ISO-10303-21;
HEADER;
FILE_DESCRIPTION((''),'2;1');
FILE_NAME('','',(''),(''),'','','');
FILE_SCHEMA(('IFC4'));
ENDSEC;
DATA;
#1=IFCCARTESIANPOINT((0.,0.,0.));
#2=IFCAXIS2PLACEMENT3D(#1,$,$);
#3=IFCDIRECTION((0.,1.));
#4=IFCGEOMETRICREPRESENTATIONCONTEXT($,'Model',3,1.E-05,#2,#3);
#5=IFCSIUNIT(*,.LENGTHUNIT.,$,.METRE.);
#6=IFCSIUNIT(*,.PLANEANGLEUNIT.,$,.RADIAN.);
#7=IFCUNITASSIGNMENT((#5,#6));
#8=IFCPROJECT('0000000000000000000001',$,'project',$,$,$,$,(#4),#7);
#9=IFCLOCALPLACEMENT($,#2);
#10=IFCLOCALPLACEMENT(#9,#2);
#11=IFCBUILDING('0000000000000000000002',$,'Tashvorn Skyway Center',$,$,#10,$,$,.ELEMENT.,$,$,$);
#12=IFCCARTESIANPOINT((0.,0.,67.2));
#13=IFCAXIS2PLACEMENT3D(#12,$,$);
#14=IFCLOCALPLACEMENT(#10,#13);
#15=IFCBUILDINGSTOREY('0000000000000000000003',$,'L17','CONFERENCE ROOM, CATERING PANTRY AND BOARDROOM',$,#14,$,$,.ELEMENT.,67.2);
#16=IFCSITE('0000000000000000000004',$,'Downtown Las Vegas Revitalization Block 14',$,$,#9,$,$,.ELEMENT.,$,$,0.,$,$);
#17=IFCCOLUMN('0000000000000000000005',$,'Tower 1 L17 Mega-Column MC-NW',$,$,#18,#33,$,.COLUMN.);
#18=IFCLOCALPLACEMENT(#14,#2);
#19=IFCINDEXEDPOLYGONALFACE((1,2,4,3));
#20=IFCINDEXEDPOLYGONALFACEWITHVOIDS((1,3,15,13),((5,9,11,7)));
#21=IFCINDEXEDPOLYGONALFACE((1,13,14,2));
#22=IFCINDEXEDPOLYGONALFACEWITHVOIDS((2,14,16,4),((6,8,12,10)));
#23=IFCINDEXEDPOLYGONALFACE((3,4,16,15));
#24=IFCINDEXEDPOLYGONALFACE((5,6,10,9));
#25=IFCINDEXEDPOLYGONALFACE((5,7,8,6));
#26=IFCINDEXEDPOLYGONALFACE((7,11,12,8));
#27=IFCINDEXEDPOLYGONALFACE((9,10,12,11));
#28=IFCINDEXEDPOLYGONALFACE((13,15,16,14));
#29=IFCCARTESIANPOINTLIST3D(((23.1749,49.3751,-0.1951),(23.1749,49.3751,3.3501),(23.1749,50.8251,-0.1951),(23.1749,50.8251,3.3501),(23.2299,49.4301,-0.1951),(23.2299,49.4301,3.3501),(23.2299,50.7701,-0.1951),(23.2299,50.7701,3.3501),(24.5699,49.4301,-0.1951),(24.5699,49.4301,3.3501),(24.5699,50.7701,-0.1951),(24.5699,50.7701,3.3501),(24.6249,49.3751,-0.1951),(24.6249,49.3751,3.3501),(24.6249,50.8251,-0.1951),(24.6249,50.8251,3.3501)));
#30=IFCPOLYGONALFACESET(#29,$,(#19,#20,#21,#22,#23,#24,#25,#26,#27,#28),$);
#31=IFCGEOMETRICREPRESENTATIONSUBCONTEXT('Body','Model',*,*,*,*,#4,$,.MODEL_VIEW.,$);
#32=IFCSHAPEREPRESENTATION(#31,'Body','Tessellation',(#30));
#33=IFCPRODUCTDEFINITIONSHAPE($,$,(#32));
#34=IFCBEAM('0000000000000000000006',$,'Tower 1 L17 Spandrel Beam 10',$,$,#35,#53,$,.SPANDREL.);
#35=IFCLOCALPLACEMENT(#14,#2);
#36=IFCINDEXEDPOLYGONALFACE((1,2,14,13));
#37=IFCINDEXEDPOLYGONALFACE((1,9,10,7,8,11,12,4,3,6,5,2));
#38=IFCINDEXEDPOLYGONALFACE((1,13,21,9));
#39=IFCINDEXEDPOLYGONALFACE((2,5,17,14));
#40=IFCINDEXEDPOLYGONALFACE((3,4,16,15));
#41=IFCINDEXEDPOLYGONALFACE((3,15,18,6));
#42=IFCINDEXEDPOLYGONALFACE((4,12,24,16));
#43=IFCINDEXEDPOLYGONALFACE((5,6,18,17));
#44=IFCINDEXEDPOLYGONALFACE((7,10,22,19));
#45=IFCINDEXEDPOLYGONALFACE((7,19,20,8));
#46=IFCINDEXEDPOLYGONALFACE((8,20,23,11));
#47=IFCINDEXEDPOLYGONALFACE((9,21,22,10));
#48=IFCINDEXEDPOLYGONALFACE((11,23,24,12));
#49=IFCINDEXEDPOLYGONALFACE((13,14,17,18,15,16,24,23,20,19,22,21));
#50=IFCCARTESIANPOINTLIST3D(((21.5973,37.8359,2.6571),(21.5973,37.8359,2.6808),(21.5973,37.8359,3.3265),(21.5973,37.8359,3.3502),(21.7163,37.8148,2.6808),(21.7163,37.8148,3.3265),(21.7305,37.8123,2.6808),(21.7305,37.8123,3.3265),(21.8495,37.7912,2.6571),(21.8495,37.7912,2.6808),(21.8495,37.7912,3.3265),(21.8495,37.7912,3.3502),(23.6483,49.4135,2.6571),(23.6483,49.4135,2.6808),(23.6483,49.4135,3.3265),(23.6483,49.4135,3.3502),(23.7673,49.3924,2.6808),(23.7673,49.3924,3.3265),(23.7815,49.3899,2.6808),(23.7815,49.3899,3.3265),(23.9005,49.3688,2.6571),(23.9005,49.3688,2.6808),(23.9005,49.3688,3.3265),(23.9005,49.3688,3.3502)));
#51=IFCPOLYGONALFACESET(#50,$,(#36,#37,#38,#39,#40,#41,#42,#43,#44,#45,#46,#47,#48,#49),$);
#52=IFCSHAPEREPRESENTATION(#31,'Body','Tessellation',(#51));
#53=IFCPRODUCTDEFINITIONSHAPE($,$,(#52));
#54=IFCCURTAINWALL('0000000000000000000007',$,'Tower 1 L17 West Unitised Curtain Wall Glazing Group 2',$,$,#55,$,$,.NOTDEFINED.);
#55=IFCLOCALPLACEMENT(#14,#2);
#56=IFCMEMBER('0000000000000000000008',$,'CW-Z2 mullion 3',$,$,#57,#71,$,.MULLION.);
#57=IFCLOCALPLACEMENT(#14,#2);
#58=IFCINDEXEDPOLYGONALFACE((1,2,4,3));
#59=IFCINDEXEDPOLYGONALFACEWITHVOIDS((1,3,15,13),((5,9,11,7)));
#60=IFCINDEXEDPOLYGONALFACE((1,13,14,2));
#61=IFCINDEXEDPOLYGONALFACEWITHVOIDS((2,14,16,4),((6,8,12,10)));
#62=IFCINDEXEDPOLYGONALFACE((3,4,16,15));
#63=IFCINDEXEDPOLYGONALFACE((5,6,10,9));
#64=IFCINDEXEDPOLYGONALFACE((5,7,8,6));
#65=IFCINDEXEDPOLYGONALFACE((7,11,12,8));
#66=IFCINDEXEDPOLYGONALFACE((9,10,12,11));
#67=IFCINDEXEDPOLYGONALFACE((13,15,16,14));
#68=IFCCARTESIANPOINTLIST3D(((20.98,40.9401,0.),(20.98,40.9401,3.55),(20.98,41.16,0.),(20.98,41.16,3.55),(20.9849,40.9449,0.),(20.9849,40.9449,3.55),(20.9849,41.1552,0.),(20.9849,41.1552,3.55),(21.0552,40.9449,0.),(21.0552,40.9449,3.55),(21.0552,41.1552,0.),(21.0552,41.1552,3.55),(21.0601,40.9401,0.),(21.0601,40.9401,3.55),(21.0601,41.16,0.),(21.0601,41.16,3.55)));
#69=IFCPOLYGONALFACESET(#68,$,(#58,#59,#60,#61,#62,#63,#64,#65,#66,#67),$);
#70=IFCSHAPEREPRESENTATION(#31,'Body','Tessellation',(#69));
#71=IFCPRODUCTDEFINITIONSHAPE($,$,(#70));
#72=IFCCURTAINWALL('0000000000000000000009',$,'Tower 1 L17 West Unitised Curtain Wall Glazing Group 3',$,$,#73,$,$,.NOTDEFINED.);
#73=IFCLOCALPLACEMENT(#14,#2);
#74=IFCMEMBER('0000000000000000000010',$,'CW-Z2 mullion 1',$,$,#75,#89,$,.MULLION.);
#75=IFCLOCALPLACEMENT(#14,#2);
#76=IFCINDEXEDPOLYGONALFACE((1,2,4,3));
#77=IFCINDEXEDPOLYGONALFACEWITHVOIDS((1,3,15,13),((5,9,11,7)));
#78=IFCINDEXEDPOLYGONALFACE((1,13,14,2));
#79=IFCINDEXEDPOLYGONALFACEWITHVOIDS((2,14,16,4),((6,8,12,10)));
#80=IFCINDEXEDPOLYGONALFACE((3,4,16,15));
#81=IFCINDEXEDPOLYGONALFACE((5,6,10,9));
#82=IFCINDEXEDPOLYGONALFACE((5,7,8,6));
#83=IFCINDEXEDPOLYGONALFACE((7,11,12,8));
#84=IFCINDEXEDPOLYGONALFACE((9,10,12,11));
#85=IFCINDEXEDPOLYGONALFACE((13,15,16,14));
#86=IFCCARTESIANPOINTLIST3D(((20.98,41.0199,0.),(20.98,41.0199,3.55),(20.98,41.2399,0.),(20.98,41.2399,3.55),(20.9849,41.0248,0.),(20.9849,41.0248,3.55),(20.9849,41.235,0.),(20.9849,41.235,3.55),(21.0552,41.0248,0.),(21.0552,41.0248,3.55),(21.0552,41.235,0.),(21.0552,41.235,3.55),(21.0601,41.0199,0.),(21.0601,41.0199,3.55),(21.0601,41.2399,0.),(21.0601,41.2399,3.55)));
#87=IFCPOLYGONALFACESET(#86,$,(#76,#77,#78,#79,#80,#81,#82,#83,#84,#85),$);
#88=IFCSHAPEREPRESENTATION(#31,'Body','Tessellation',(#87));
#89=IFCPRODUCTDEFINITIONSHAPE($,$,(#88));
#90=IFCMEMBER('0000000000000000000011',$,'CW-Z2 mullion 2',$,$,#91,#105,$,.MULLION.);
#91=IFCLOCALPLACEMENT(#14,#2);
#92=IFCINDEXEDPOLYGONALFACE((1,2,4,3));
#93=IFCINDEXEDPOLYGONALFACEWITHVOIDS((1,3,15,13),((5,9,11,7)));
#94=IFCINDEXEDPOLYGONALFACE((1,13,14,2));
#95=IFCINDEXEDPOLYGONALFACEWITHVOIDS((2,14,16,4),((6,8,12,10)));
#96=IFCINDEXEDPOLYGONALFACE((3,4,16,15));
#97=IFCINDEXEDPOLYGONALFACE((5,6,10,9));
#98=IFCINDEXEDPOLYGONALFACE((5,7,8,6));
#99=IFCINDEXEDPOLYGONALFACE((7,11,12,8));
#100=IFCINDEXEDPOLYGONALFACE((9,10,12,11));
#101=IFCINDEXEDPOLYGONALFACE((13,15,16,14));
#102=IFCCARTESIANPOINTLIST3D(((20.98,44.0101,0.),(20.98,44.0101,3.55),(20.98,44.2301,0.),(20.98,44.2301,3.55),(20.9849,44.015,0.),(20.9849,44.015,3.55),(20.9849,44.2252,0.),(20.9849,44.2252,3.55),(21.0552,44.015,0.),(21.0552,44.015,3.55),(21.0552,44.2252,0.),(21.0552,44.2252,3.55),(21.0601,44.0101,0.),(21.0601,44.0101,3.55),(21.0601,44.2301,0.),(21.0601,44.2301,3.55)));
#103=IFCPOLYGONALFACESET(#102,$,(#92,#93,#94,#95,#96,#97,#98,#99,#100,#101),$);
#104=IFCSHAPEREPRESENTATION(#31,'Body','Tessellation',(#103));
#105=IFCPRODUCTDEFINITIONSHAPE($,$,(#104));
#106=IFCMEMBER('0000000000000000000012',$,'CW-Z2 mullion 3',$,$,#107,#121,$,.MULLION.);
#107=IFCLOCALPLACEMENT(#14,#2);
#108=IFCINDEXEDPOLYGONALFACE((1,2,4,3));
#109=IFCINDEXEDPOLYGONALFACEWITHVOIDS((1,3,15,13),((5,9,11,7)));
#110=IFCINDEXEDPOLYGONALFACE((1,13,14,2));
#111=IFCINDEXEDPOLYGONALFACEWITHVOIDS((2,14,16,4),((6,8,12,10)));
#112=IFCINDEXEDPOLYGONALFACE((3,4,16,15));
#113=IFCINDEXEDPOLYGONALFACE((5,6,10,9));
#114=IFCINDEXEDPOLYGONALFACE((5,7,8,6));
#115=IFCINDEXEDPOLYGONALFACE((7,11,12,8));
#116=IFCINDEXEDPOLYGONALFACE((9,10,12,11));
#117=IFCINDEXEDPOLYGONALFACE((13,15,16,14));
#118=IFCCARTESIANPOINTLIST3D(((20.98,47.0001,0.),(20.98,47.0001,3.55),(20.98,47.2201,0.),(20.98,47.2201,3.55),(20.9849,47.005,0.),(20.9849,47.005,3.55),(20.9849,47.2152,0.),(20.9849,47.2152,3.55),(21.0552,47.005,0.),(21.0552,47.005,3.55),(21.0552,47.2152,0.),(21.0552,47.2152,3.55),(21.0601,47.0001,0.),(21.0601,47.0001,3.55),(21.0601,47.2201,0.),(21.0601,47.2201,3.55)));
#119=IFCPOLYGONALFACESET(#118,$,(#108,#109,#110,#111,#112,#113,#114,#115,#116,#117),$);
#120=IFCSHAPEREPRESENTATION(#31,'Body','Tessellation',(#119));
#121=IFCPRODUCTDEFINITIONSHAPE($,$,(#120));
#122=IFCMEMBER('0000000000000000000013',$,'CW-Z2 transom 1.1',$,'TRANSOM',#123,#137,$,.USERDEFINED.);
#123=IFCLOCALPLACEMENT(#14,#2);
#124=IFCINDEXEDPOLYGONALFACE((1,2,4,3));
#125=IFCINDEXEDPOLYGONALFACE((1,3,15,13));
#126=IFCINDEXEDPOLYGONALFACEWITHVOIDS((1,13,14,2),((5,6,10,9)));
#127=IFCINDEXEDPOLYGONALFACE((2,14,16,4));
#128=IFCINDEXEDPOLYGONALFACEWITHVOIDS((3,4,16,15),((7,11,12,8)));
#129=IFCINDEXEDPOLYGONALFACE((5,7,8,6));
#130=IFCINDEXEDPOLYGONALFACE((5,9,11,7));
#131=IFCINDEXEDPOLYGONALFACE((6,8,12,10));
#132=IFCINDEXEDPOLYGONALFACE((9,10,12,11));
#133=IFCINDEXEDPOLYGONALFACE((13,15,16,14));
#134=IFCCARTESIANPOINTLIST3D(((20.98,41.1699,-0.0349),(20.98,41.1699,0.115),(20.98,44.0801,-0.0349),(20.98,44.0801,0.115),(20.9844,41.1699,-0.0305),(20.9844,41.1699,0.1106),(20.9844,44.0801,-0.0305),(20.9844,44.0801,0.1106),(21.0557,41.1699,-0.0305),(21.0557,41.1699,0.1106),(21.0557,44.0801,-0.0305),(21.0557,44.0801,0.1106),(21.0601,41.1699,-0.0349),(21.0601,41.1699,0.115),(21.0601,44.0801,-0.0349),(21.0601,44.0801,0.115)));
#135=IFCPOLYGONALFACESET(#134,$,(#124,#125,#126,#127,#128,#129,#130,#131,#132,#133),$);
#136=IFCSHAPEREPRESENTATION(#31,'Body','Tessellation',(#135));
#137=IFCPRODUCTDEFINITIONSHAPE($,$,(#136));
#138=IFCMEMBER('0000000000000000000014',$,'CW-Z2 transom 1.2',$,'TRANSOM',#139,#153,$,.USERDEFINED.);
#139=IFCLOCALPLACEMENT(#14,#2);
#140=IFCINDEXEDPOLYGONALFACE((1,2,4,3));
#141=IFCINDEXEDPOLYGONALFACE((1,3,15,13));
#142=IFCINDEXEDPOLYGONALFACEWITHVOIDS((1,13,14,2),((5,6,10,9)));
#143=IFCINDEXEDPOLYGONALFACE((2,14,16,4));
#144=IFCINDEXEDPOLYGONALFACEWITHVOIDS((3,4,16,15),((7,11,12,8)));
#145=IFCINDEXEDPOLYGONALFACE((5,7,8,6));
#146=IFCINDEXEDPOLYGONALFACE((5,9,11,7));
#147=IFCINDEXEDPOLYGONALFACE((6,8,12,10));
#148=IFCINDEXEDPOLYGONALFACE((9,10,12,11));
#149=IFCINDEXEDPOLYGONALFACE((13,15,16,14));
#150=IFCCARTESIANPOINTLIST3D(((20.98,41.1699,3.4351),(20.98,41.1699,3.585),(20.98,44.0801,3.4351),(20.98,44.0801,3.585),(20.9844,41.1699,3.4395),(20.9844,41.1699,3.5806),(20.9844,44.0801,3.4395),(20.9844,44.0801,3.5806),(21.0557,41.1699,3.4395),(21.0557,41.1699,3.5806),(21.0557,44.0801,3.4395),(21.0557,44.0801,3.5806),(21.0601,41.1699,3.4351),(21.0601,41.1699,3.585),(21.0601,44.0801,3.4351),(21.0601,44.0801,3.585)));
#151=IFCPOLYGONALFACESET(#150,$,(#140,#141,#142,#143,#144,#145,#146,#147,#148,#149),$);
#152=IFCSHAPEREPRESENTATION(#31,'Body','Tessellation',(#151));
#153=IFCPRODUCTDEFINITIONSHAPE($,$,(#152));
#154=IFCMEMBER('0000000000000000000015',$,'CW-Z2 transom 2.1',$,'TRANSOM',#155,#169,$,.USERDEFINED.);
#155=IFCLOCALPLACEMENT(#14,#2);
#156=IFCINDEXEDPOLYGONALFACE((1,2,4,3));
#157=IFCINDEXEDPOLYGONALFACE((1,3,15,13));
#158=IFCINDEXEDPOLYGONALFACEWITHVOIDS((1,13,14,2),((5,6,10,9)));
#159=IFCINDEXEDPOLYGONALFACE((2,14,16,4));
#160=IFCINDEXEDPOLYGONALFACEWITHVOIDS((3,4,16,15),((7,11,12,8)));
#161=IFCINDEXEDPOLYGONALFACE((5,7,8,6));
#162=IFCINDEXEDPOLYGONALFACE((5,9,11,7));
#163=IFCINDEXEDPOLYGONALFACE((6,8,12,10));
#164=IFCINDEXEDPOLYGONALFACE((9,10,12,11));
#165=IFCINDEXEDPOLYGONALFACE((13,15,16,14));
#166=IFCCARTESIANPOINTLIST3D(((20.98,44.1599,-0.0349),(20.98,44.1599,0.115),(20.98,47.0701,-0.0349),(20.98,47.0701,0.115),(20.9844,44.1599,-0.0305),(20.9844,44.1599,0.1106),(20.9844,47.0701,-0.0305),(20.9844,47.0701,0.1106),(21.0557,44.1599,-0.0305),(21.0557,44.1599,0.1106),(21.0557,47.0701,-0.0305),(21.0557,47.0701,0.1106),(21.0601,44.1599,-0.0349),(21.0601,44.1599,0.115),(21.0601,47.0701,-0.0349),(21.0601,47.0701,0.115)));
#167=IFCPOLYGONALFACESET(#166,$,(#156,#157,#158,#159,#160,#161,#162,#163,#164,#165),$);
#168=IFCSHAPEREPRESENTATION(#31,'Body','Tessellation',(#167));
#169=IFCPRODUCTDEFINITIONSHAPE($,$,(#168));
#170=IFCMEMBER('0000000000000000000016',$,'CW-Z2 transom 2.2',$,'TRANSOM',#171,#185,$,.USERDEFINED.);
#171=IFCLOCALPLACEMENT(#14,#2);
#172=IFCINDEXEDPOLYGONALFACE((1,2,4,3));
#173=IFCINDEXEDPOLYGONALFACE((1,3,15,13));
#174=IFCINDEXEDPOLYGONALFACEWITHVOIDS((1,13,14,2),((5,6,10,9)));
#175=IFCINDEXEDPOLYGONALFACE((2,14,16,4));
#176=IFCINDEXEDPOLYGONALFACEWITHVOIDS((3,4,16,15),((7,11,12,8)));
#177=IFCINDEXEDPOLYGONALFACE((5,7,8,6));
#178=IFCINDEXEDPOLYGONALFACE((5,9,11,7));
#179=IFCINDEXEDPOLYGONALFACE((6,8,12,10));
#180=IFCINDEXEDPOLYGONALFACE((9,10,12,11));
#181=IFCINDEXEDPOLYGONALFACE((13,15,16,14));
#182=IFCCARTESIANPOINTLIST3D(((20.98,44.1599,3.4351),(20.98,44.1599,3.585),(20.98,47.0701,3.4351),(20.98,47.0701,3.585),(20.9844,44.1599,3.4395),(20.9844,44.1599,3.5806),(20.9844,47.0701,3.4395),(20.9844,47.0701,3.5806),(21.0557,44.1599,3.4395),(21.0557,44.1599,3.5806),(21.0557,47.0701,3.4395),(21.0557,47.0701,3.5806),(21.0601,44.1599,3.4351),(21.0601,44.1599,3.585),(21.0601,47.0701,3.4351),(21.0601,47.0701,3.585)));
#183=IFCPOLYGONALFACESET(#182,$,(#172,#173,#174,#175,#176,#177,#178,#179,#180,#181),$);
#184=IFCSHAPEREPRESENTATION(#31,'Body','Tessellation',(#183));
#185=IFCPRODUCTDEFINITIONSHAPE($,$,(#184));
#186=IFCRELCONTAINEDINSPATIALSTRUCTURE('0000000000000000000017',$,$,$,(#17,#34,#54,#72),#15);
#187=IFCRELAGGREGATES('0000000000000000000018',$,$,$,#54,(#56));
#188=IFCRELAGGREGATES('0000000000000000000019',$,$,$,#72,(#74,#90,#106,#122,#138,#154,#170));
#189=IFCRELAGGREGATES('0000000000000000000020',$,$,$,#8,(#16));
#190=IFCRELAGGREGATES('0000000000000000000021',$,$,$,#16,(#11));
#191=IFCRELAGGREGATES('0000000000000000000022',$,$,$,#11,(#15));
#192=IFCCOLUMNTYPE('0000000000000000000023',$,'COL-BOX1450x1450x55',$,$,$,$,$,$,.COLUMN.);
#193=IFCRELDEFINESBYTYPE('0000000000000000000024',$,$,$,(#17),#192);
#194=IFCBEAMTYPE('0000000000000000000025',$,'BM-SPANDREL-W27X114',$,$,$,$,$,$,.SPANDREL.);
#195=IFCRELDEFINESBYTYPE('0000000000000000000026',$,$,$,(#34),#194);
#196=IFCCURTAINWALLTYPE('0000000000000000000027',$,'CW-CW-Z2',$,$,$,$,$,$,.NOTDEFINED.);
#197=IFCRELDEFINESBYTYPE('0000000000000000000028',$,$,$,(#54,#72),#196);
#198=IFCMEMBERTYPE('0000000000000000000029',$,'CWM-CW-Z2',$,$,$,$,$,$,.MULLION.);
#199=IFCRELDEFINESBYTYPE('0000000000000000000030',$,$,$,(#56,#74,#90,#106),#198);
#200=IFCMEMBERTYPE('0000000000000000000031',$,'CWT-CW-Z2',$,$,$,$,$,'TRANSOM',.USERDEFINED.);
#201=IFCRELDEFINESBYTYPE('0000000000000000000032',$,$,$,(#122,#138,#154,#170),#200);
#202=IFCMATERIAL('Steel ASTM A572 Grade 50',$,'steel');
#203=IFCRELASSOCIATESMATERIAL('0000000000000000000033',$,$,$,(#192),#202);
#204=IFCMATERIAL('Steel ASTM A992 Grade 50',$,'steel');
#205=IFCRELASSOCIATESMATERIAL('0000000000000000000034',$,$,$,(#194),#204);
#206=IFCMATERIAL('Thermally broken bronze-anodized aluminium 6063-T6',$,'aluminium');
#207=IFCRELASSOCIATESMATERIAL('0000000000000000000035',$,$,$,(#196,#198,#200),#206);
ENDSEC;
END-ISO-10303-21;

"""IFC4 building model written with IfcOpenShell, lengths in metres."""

from ifc_helpers import new_model, si_unit, direction, frame, origin, origin_2d, place, context, subcontext, project, spatial, hollow_rectangle, i_section, extrude, material, material_profile, profile_set, type_object, element, aggregate, save


model = new_model("IFC4")

# Units and contexts
model_context = context("Model", 3, precision=1e-05, world=origin(), true_north=direction((0.0, 1.0)))
body_context = subcontext(model_context, "Body", "Model", "MODEL_VIEW")
ifc_project = project(units=[si_unit("LENGTHUNIT", "METRE"), si_unit("PLANEANGLEUNIT", "RADIAN")], contexts=[model_context])

# Site, building, storey
site_placement = place(None, origin())
site = spatial("IfcSite", under=ifc_project, at=site_placement, Name="Downtown Las Vegas Revitalization Block 14", CompositionType="ELEMENT", RefElevation=0.0)
building_placement = place(site_placement, origin())
building = spatial("IfcBuilding", under=site, at=building_placement, Name="Tashvorn Skyway Center", CompositionType="ELEMENT")
storey_placement = place(building_placement, frame((0.0, 0.0, 67.2)))
storey = spatial("IfcBuildingStorey", under=building, at=storey_placement, Name="L17", Description="CONFERENCE ROOM, CATERING PANTRY AND BOARDROOM", CompositionType="ELEMENT", Elevation=67.2)

# Column
ifc_material_1 = material(Name="Steel ASTM A572 Grade 50", Category="steel")
ifc_material_profile_1 = material_profile(ifc_material_1, hollow_rectangle(XDim=1.45, YDim=1.45, WallThickness=0.0549, at=origin_2d()), Name="BOX1450x1450x55")
ifc_profile_set_1 = profile_set([ifc_material_profile_1], Name="Steel ASTM A572 Grade 50")
column_type = type_object("IfcColumnType", Name="COL-BOX1450x1450x55", PredefinedType="COLUMN", material=ifc_profile_set_1)
column_placement = place(storey_placement, frame((23.8999, 50.1001, -0.1951), z_axis=(0.0, 0.0, 1.0), x_axis=(1.0, 0.0, 0.0)))
element("IfcColumn", 1, at=column_placement, inside=storey, type_object=column_type, Name="Tower 1 L17 Mega-Column MC-NW", PredefinedType="COLUMN", context=body_context, shape_type="SweptSolid", body=[
    extrude(hollow_rectangle(XDim=1.45, YDim=1.45, WallThickness=0.0549, at=origin_2d()), origin(), (0.0, 0.0, 1.0), 3.5452),
])

# Beam
ifc_material_2 = material(Name="Steel ASTM A992 Grade 50", Category="steel")
ifc_material_profile_2 = material_profile(ifc_material_2, i_section(OverallWidth=0.2561, OverallDepth=0.6931, WebThickness=0.0144, FlangeThickness=0.0237, at=origin_2d()), Name="W27X114")
ifc_profile_set_2 = profile_set([ifc_material_profile_2], Name="Steel ASTM A992 Grade 50")
beam_type = type_object("IfcBeamType", Name="BM-SPANDREL-W27X114", PredefinedType="SPANDREL", material=ifc_profile_set_2)
beam_placement = place(storey_placement, frame((23.7744, 49.3911, 3.0037), z_axis=(-0.174438, -0.984668, 0.0), x_axis=(0.984668, -0.174438, 0.0)))
element("IfcBeam", 2, at=beam_placement, inside=storey, type_object=beam_type, Name="Tower 1 L17 Spandrel Beam 10", PredefinedType="SPANDREL", context=body_context, shape_type="SweptSolid", body=[
    extrude(i_section(OverallWidth=0.2561, OverallDepth=0.6931, WebThickness=0.0144, FlangeThickness=0.0237, at=origin_2d()), origin(), (0.0, 0.0, 1.0), 11.7578),
])

# Curtain wall, member
ifc_material_3 = material(Name="Thermally broken bronze-anodized aluminium 6063-T6", Category="aluminium")
curtain_wall_type = type_object("IfcCurtainWallType", Name="CW-CW-Z2", PredefinedType="NOTDEFINED", material=ifc_material_3)
curtain_wall_1_placement = place(storey_placement, origin())
curtain_wall_1 = element("IfcCurtainWall", 3, at=curtain_wall_1_placement, inside=storey, type_object=curtain_wall_type, Name="Tower 1 L17 West Unitised Curtain Wall Glazing Group 2", PredefinedType="NOTDEFINED")
ifc_material_profile_3 = material_profile(ifc_material_3, hollow_rectangle(XDim=0.0801, YDim=0.22, WallThickness=0.0049, at=origin_2d()), Name="ALU-MULL-80x220")
ifc_profile_set_3 = profile_set([ifc_material_profile_3], Name="Thermally broken bronze-anodized aluminium 6063-T6")
member_type_1 = type_object("IfcMemberType", Name="CWM-CW-Z2", PredefinedType="MULLION", material=ifc_profile_set_3)
member_1_placement = place(storey_placement, frame((21.02, 41.05, 0.0), z_axis=(0.0, 0.0, 1.0), x_axis=(-1.0, 0.0, 0.0)))
member_1 = element("IfcMember", 4, at=member_1_placement, type_object=member_type_1, Name="CW-Z2 mullion 3", PredefinedType="MULLION", context=body_context, shape_type="SweptSolid", body=[
    extrude(hollow_rectangle(XDim=0.0801, YDim=0.22, WallThickness=0.0049, at=origin_2d()), origin(), (0.0, 0.0, 1.0), 3.55),
])
aggregate(curtain_wall_1, [member_1])

# Curtain wall, members
curtain_wall_2_placement = place(storey_placement, origin())
curtain_wall_2 = element("IfcCurtainWall", 5, at=curtain_wall_2_placement, inside=storey, type_object=curtain_wall_type, Name="Tower 1 L17 West Unitised Curtain Wall Glazing Group 3", PredefinedType="NOTDEFINED")
member_2_placement = place(storey_placement, frame((21.02, 41.1299, 0.0), z_axis=(0.0, 0.0, 1.0), x_axis=(-1.0, 0.0, 0.0)))
member_2 = element("IfcMember", 6, at=member_2_placement, type_object=member_type_1, Name="CW-Z2 mullion 1", PredefinedType="MULLION", context=body_context, shape_type="SweptSolid", body=[
    extrude(hollow_rectangle(XDim=0.0801, YDim=0.22, WallThickness=0.0049, at=origin_2d()), origin(), (0.0, 0.0, 1.0), 3.55),
])
member_3_placement = place(storey_placement, frame((21.02, 44.1201, 0.0), z_axis=(0.0, 0.0, 1.0), x_axis=(-1.0, 0.0, 0.0)))
member_3 = element("IfcMember", 7, at=member_3_placement, type_object=member_type_1, Name="CW-Z2 mullion 2", PredefinedType="MULLION", context=body_context, shape_type="SweptSolid", body=[
    extrude(hollow_rectangle(XDim=0.0801, YDim=0.22, WallThickness=0.0049, at=origin_2d()), origin(), (0.0, 0.0, 1.0), 3.55),
])
member_4_placement = place(storey_placement, frame((21.02, 47.1101, 0.0), z_axis=(0.0, 0.0, 1.0), x_axis=(-1.0, 0.0, 0.0)))
member_4 = element("IfcMember", 8, at=member_4_placement, type_object=member_type_1, Name="CW-Z2 mullion 3", PredefinedType="MULLION", context=body_context, shape_type="SweptSolid", body=[
    extrude(hollow_rectangle(XDim=0.0801, YDim=0.22, WallThickness=0.0049, at=origin_2d()), origin(), (0.0, 0.0, 1.0), 3.55),
])
ifc_material_profile_4 = material_profile(ifc_material_3, hollow_rectangle(XDim=0.0801, YDim=0.1499, WallThickness=0.0044, at=origin_2d()), Name="ALU-TRAN-80x150")
ifc_profile_set_4 = profile_set([ifc_material_profile_4], Name="Thermally broken bronze-anodized aluminium 6063-T6")
member_type_2 = type_object("IfcMemberType", Name="CWT-CW-Z2", ElementType="TRANSOM", PredefinedType="USERDEFINED", material=ifc_profile_set_4)
member_5_placement = place(storey_placement, frame((21.02, 41.1699, 0.04), z_axis=(0.0, 1.0, 0.0), x_axis=(-1.0, 0.0, 0.0)))
member_5 = element("IfcMember", 9, at=member_5_placement, type_object=member_type_2, Name="CW-Z2 transom 1.1", ObjectType="TRANSOM", PredefinedType="USERDEFINED", context=body_context, shape_type="SweptSolid", body=[
    extrude(hollow_rectangle(XDim=0.0801, YDim=0.1499, WallThickness=0.0044, at=origin_2d()), origin(), (0.0, 0.0, 1.0), 2.9102),
])
member_6_placement = place(storey_placement, frame((21.02, 41.1699, 3.51), z_axis=(0.0, 1.0, 0.0), x_axis=(-1.0, 0.0, 0.0)))
member_6 = element("IfcMember", 10, at=member_6_placement, type_object=member_type_2, Name="CW-Z2 transom 1.2", ObjectType="TRANSOM", PredefinedType="USERDEFINED", context=body_context, shape_type="SweptSolid", body=[
    extrude(hollow_rectangle(XDim=0.0801, YDim=0.1499, WallThickness=0.0044, at=origin_2d()), origin(), (0.0, 0.0, 1.0), 2.9102),
])
member_7_placement = place(storey_placement, frame((21.02, 44.1599, 0.04), z_axis=(0.0, 1.0, 0.0), x_axis=(-1.0, 0.0, 0.0)))
member_7 = element("IfcMember", 11, at=member_7_placement, type_object=member_type_2, Name="CW-Z2 transom 2.1", ObjectType="TRANSOM", PredefinedType="USERDEFINED", context=body_context, shape_type="SweptSolid", body=[
    extrude(hollow_rectangle(XDim=0.0801, YDim=0.1499, WallThickness=0.0044, at=origin_2d()), origin(), (0.0, 0.0, 1.0), 2.9102),
])
member_8_placement = place(storey_placement, frame((21.02, 44.1599, 3.51), z_axis=(0.0, 1.0, 0.0), x_axis=(-1.0, 0.0, 0.0)))
member_8 = element("IfcMember", 12, at=member_8_placement, type_object=member_type_2, Name="CW-Z2 transom 2.2", ObjectType="TRANSOM", PredefinedType="USERDEFINED", context=body_context, shape_type="SweptSolid", body=[
    extrude(hollow_rectangle(XDim=0.0801, YDim=0.1499, WallThickness=0.0044, at=origin_2d()), origin(), (0.0, 0.0, 1.0), 2.9102),
])

aggregate(curtain_wall_2, [member_2, member_3, member_4, member_5, member_6, member_7, member_8])

save(model, "model.ifc")
